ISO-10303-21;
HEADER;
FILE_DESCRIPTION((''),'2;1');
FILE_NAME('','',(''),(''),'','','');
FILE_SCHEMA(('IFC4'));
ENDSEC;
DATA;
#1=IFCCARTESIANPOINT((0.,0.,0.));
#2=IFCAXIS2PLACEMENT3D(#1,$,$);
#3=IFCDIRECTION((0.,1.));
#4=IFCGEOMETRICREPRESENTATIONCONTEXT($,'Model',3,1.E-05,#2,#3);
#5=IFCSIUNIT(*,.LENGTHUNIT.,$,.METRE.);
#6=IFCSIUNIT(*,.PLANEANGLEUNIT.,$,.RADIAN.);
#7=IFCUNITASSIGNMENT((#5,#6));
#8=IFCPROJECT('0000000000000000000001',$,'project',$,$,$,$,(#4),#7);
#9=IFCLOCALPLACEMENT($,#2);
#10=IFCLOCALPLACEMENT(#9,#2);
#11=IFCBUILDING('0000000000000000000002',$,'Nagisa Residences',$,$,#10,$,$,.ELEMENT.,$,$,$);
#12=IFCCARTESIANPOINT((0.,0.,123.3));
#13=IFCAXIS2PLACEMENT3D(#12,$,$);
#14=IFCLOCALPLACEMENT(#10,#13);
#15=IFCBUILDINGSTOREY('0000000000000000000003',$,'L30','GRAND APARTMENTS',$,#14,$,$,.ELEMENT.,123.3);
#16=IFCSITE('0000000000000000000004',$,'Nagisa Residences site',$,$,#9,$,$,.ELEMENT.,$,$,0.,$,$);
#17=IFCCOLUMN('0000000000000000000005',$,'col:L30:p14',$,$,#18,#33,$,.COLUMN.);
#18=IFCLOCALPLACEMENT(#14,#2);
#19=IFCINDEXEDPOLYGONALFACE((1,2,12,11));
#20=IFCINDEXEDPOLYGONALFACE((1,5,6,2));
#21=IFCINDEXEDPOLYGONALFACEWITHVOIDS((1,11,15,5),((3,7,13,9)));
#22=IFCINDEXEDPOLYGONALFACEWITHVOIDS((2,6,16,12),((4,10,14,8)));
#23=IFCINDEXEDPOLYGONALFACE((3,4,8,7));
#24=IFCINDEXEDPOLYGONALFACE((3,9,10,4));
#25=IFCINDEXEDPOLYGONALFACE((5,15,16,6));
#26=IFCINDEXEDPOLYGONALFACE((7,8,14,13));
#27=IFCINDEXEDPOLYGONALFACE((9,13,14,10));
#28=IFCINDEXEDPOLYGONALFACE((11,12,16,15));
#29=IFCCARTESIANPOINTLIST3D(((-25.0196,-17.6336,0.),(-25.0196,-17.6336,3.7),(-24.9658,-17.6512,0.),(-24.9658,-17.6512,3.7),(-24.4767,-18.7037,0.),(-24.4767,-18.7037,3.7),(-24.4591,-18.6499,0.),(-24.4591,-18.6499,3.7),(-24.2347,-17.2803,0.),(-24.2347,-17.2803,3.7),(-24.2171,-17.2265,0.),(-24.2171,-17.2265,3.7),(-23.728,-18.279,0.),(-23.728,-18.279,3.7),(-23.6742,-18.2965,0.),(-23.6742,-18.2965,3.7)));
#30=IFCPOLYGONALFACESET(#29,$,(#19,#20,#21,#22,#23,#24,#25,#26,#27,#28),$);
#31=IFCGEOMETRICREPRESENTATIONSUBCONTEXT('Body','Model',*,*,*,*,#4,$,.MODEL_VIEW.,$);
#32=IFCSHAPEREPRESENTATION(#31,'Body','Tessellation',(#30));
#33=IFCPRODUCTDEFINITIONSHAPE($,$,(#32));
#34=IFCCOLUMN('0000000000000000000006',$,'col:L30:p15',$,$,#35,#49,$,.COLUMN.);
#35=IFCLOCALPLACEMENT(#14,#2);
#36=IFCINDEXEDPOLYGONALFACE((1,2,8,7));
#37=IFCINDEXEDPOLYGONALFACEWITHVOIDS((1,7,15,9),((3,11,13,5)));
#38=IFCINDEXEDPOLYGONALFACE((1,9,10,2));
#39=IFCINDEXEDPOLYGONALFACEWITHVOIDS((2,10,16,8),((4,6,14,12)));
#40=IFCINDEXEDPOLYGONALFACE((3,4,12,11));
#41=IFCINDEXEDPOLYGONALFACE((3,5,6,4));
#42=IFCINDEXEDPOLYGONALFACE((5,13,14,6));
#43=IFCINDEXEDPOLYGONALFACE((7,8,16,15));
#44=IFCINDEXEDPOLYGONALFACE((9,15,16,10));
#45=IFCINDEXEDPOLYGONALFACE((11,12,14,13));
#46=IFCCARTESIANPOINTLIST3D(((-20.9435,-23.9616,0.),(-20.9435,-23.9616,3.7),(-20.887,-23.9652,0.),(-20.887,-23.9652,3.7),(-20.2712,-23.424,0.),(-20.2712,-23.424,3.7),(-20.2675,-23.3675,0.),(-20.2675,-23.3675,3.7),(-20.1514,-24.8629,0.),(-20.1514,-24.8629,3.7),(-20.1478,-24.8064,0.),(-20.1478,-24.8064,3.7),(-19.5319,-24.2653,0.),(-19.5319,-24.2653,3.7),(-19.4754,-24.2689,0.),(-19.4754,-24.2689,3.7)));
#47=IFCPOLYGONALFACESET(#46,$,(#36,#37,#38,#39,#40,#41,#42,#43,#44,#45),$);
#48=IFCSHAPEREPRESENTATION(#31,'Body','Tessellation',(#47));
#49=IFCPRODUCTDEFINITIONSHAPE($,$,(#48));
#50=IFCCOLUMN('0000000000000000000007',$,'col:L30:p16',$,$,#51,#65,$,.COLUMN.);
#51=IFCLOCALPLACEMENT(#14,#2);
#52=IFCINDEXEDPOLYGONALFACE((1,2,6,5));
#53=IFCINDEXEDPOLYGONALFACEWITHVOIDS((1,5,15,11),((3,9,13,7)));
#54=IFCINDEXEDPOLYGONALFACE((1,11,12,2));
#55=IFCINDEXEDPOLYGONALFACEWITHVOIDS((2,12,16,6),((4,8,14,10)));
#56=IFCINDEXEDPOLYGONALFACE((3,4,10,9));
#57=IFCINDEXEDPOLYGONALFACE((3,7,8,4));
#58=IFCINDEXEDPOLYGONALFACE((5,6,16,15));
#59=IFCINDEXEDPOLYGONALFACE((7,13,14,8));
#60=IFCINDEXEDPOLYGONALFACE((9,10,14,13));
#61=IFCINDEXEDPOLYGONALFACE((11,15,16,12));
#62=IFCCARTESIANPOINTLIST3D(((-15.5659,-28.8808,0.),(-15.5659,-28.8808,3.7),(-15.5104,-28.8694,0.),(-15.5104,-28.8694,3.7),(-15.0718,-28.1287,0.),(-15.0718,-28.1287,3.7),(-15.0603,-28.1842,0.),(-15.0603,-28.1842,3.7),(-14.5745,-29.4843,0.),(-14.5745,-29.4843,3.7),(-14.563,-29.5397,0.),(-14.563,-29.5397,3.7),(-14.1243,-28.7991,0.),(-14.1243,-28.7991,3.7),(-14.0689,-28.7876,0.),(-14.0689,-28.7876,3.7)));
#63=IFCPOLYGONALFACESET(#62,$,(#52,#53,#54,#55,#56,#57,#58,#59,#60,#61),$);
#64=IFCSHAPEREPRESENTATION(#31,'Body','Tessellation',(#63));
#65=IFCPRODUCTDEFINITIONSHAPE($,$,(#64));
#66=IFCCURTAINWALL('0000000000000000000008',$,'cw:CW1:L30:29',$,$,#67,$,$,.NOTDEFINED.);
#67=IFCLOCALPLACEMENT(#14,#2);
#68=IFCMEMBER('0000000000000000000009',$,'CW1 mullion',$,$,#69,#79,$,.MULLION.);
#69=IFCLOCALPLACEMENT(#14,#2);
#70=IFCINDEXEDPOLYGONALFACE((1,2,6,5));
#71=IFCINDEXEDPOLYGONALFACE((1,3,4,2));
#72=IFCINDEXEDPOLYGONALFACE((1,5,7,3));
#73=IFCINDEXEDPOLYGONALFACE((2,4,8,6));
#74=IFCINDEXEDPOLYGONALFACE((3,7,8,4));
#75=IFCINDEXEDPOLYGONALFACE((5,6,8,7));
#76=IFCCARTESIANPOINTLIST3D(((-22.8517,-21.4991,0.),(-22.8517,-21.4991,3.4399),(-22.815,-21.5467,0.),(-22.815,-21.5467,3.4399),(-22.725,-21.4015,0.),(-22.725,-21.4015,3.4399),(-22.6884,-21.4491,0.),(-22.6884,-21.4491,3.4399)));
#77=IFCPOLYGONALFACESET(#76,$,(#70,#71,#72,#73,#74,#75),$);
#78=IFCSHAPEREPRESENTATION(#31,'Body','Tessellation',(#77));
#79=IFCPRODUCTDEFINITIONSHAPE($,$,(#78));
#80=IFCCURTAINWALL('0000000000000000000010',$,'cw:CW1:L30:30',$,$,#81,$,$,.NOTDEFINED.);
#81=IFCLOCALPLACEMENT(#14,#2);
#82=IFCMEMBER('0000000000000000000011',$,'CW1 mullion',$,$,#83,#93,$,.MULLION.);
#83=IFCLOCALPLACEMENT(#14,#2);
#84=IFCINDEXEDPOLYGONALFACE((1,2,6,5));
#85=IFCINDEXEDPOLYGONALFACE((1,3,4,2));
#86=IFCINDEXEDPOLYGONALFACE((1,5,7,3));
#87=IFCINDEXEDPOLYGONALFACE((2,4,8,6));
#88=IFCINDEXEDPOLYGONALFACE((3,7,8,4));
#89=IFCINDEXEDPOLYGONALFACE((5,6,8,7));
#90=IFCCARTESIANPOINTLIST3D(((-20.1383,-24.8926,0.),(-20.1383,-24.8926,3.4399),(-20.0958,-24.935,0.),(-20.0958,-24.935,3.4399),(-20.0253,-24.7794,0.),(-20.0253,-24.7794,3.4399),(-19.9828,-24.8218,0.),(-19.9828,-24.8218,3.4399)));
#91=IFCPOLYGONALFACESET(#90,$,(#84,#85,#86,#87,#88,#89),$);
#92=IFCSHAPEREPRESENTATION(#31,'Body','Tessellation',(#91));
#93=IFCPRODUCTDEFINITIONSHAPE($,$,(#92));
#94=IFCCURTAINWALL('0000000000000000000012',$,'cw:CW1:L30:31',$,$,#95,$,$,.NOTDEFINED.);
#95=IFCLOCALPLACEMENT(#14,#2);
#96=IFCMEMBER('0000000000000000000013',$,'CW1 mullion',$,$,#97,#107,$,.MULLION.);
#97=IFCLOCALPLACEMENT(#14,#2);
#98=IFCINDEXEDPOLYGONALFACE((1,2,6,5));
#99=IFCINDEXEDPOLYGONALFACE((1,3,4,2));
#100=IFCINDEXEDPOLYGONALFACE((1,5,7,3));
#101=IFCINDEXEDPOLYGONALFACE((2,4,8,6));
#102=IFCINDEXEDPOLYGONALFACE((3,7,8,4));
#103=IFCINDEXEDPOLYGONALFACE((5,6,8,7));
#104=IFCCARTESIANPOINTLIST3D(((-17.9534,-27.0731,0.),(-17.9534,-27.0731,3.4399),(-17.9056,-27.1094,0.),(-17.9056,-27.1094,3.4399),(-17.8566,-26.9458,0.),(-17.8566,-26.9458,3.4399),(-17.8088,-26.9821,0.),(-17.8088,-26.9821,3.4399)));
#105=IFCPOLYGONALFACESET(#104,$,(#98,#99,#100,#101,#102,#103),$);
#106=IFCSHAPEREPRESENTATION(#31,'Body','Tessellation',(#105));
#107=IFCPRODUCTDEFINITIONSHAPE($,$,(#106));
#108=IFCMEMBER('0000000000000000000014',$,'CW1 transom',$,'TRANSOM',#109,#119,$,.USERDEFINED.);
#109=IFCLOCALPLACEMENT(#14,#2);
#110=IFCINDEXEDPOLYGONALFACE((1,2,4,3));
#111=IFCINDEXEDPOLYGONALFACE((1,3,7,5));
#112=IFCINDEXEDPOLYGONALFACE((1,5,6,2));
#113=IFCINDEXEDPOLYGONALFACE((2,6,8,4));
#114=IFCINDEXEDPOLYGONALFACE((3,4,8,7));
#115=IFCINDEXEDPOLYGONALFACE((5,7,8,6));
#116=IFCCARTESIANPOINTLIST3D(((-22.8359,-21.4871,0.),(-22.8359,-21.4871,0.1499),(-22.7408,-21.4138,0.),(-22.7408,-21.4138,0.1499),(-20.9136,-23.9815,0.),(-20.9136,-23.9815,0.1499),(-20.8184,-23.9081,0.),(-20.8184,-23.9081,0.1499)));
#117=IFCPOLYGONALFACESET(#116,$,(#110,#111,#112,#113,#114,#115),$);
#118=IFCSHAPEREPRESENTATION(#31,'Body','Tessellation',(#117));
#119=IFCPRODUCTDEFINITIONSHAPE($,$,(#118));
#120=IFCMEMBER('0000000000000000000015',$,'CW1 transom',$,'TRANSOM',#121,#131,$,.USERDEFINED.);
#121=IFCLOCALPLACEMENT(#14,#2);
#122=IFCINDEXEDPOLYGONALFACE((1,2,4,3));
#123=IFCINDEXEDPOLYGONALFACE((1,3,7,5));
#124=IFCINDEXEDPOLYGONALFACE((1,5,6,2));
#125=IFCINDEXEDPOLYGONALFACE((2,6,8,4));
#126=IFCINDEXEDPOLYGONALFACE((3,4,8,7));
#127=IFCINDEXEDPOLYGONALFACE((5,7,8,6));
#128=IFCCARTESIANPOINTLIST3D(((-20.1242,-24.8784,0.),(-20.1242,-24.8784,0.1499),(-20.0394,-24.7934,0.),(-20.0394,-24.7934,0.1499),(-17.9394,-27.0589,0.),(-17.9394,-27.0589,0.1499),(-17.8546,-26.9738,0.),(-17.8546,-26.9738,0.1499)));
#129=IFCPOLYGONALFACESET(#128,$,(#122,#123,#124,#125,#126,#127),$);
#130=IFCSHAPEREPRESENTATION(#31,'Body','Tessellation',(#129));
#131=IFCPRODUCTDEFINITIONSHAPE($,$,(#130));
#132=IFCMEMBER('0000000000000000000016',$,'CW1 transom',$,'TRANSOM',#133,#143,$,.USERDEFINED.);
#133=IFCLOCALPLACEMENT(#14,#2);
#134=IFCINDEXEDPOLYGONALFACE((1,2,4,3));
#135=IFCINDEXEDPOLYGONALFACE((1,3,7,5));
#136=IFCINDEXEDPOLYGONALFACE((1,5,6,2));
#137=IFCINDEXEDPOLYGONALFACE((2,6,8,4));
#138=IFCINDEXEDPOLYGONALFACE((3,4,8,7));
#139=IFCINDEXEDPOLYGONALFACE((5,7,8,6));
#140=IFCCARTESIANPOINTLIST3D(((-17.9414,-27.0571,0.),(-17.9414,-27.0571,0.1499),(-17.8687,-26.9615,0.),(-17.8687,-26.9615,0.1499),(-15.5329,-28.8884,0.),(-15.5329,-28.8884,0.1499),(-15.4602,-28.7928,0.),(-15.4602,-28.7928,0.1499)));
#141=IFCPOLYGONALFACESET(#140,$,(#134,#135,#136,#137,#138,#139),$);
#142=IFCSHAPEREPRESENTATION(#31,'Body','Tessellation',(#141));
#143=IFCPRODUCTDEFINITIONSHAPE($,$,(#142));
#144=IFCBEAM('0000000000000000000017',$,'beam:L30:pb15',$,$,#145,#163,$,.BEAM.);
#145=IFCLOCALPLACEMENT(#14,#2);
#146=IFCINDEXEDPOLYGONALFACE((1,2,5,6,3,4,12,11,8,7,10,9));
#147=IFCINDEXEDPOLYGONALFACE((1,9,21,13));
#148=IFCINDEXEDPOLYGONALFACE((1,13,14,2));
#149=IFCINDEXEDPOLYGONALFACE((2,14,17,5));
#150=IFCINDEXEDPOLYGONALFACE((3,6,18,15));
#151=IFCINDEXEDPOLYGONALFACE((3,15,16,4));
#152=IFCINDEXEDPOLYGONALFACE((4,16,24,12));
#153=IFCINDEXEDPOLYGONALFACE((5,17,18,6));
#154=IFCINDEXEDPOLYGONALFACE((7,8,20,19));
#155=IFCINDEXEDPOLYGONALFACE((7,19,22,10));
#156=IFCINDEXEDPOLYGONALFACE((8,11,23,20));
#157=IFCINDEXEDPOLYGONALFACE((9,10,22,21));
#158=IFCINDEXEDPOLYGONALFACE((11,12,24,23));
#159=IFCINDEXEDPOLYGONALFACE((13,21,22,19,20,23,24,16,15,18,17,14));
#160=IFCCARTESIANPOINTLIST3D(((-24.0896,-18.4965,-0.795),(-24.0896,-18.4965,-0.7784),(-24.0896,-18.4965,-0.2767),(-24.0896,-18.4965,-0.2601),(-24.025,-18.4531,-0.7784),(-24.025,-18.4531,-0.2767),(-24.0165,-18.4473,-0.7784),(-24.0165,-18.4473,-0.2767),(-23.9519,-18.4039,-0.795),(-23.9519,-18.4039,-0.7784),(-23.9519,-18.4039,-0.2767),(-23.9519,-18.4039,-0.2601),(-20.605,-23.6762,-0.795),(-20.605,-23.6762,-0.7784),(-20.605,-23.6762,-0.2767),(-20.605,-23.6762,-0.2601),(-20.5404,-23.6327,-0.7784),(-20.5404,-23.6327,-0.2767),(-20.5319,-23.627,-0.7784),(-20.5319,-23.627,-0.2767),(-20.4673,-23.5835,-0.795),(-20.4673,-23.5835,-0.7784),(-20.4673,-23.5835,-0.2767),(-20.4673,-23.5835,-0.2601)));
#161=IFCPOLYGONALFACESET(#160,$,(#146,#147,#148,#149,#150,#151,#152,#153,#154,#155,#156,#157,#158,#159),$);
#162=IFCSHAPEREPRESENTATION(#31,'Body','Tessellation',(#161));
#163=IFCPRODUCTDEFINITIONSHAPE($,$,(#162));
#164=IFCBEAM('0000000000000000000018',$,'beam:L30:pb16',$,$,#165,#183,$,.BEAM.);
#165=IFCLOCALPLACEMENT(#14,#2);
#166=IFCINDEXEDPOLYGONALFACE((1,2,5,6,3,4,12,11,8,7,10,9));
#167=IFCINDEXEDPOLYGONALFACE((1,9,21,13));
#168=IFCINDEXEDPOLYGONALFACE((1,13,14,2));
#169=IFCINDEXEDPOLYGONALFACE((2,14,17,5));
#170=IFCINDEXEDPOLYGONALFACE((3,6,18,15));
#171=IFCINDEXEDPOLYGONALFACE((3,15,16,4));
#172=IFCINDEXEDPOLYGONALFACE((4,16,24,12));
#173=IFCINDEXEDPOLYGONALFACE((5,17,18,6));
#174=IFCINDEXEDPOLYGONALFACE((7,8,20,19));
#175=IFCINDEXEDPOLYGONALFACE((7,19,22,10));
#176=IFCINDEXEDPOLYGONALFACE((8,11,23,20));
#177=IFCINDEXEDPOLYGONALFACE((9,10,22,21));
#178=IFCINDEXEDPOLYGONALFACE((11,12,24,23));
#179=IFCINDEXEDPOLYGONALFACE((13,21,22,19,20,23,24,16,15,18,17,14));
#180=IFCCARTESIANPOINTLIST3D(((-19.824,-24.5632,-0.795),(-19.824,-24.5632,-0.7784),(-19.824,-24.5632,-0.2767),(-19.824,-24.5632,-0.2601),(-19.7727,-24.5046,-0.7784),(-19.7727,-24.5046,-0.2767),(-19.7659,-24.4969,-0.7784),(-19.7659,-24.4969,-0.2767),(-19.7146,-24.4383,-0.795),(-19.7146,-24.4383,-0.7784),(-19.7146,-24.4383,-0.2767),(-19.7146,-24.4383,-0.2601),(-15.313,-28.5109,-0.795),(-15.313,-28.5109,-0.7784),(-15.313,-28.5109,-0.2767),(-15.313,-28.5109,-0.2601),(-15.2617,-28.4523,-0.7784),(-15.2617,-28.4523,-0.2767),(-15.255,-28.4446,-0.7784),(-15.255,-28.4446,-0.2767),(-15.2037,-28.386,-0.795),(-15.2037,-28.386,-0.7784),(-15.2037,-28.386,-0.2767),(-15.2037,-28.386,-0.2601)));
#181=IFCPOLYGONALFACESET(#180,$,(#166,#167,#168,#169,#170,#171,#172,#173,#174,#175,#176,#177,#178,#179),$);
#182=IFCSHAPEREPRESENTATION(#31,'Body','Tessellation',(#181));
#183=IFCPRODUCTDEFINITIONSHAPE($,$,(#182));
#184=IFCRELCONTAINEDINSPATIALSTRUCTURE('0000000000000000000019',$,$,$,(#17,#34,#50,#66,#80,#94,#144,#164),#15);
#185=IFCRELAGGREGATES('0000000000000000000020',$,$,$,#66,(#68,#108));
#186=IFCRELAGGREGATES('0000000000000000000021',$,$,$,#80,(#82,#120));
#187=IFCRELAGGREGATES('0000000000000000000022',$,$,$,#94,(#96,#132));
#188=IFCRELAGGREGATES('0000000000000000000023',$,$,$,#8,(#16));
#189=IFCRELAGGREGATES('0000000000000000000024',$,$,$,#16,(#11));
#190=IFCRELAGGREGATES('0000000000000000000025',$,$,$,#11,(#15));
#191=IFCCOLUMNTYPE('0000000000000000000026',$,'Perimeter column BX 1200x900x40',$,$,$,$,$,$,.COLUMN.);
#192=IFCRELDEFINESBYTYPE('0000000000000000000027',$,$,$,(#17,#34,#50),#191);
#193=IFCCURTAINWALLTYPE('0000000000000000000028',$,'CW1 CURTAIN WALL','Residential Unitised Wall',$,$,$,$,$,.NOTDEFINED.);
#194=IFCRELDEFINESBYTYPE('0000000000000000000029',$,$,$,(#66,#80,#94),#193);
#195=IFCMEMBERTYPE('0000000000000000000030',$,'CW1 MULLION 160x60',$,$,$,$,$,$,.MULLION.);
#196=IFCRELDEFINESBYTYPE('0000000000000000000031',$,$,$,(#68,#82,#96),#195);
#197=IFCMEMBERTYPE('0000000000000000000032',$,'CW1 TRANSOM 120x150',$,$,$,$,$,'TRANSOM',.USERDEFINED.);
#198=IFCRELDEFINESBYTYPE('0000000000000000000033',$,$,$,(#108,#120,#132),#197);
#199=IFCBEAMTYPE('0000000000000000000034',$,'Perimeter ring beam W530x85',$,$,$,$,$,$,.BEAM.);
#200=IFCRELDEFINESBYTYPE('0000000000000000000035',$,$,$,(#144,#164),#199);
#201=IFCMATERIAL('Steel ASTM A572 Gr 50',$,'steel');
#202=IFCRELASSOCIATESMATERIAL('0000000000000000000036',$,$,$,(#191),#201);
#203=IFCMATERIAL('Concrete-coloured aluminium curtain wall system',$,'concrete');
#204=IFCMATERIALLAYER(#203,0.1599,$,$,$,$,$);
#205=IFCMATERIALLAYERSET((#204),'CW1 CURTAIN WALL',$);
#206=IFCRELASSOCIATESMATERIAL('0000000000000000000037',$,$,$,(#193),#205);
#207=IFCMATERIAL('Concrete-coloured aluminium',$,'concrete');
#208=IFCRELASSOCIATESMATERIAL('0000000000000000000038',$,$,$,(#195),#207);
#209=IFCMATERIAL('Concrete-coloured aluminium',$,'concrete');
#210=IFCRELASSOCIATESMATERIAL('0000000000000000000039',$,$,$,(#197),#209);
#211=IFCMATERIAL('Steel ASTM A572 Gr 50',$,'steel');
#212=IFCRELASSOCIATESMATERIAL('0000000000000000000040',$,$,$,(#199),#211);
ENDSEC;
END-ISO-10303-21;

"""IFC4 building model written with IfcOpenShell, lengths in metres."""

from ifc_helpers import new_model, si_unit, direction, frame, origin, origin_2d, place, context, subcontext, project, spatial, rectangle, hollow_rectangle, i_section, extrude, material, layer, layer_set, material_profile, profile_set, type_object, element, aggregate, save


model = new_model("IFC4")

# Units and contexts
model_context = context("Model", 3, precision=1e-05, world=origin(), true_north=direction((0.0, 1.0)))
body_context = subcontext(model_context, "Body", "Model", "MODEL_VIEW")
ifc_project = project(units=[si_unit("LENGTHUNIT", "METRE"), si_unit("PLANEANGLEUNIT", "RADIAN")], contexts=[model_context])

# Site, building, storey
site_placement = place(None, origin())
site = spatial("IfcSite", under=ifc_project, at=site_placement, Name="Nagisa Residences site", CompositionType="ELEMENT", RefElevation=0.0)
building_placement = place(site_placement, origin())
building = spatial("IfcBuilding", under=site, at=building_placement, Name="Nagisa Residences", CompositionType="ELEMENT")
storey_placement = place(building_placement, frame((0.0, 0.0, 123.3)))
storey = spatial("IfcBuildingStorey", under=building, at=storey_placement, Name="L30", Description="GRAND APARTMENTS", CompositionType="ELEMENT", Elevation=123.3)

# Columns
ifc_material_1 = material(Name="Steel ASTM A572 Gr 50", Category="steel")
ifc_material_profile_1 = material_profile(ifc_material_1, hollow_rectangle(XDim=1.2, YDim=0.8999, WallThickness=0.04, at=origin_2d()), Name="BX 1200x900x40")
ifc_profile_set_1 = profile_set([ifc_material_profile_1], Name="Steel ASTM A572 Gr 50")
column_type = type_object("IfcColumnType", Name="Perimeter column BX 1200x900x40", PredefinedType="COLUMN", material=ifc_profile_set_1)
for number, where, z_axis, x_axis, name in (
    (1, (-24.3469, -17.9651, 0.0), (0.0, 0.0, 1.0), (0.452463, -0.891783, 0.0), "col:L30:p14"),
    (2, (-20.2095, -24.1152, 0.0), (0.0, 0.0, 1.0), (0.660115, -0.751165, 0.0), "col:L30:p15"),
    (3, (-14.8174, -28.8342, 0.0), (0.0, 0.0, 1.0), (0.835766, -0.549086, 0.0), "col:L30:p16"),
):
    element("IfcColumn", number, at=place(storey_placement, frame(where, z_axis=z_axis, x_axis=x_axis)), inside=storey, type_object=column_type, Name=name, PredefinedType="COLUMN", context=body_context, shape_type="SweptSolid", body=[
        extrude(hollow_rectangle(XDim=1.2, YDim=0.8999, WallThickness=0.04, at=origin_2d()), origin(), (0.0, 0.0, 1.0), 3.7),
    ])

# Curtain walls, members
ifc_material_2 = material(Name="Concrete-coloured aluminium curtain wall system", Category="concrete")
ifc_layer_1 = layer(ifc_material_2, 0.1599)
ifc_layer_set_1 = layer_set([ifc_layer_1], Name="CW1 CURTAIN WALL")
curtain_wall_type = type_object("IfcCurtainWallType", Name="CW1 CURTAIN WALL", Description="Residential Unitised Wall", PredefinedType="NOTDEFINED", material=ifc_layer_set_1)
curtain_wall_1_placement = place(storey_placement, origin())
curtain_wall_1 = element("IfcCurtainWall", 4, at=curtain_wall_1_placement, inside=storey, type_object=curtain_wall_type, Name="cw:CW1:L30:29", PredefinedType="NOTDEFINED")
ifc_material_3 = material(Name="Concrete-coloured aluminium", Category="concrete")
ifc_material_profile_2 = material_profile(ifc_material_3, rectangle(XDim=0.1599, YDim=0.0601, at=origin_2d()), Name="CW1 MULLION 160x60")
ifc_profile_set_2 = profile_set([ifc_material_profile_2], Name="Concrete-coloured aluminium")
member_type_1 = type_object("IfcMemberType", Name="CW1 MULLION 160x60", PredefinedType="MULLION", material=ifc_profile_set_2)
member_1_placement = place(storey_placement, frame((-22.77, -21.4741, 0.0), z_axis=(0.0, 0.0, 1.0), x_axis=(0.79207, 0.61043, 0.0)))
member_1 = element("IfcMember", 5, at=member_1_placement, type_object=member_type_1, Name="CW1 mullion", PredefinedType="MULLION", context=body_context, shape_type="SweptSolid", body=[
    extrude(rectangle(XDim=0.1599, YDim=0.0601, at=origin_2d()), origin(), (0.0, 0.0, 1.0), 3.4399),
])
curtain_wall_2_placement = place(storey_placement, origin())
curtain_wall_2 = element("IfcCurtainWall", 6, at=curtain_wall_2_placement, inside=storey, type_object=curtain_wall_type, Name="cw:CW1:L30:30", PredefinedType="NOTDEFINED")
member_2_placement = place(storey_placement, frame((-20.0605, -24.8572, 0.0), z_axis=(0.0, 0.0, 1.0), x_axis=(0.706377, 0.707836, 0.0)))
member_2 = element("IfcMember", 7, at=member_2_placement, type_object=member_type_1, Name="CW1 mullion", PredefinedType="MULLION", context=body_context, shape_type="SweptSolid", body=[
    extrude(rectangle(XDim=0.1599, YDim=0.0601, at=origin_2d()), origin(), (0.0, 0.0, 1.0), 3.4399),
])
curtain_wall_3_placement = place(storey_placement, origin())
curtain_wall_3 = element("IfcCurtainWall", 8, at=curtain_wall_3_placement, inside=storey, type_object=curtain_wall_type, Name="cw:CW1:L30:31", PredefinedType="NOTDEFINED")
member_3_placement = place(storey_placement, frame((-17.8811, -27.0276, 0.0), z_axis=(0.0, 0.0, 1.0), x_axis=(0.605255, 0.796031, 0.0)))
member_3 = element("IfcMember", 9, at=member_3_placement, type_object=member_type_1, Name="CW1 mullion", PredefinedType="MULLION", context=body_context, shape_type="SweptSolid", body=[
    extrude(rectangle(XDim=0.1599, YDim=0.0601, at=origin_2d()), origin(), (0.0, 0.0, 1.0), 3.4399),
])

# Members
ifc_material_4 = material(Name="Concrete-coloured aluminium", Category="concrete")
ifc_material_profile_3 = material_profile(ifc_material_4, rectangle(XDim=0.1201, YDim=0.1499, at=origin_2d()), Name="CW1 TRANSOM 120x150")
ifc_profile_set_3 = profile_set([ifc_material_profile_3], Name="Concrete-coloured aluminium")
member_type_2 = type_object("IfcMemberType", Name="CW1 TRANSOM 120x150", ElementType="TRANSOM", PredefinedType="USERDEFINED", material=ifc_profile_set_3)
member_4_placement = place(storey_placement, frame((-22.7883, -21.4504, 0.075), z_axis=(0.61043, -0.79207, 0.0), x_axis=(0.79207, 0.61043, 0.0)))
member_4 = element("IfcMember", 10, at=member_4_placement, type_object=member_type_2, Name="CW1 transom", ObjectType="TRANSOM", PredefinedType="USERDEFINED", context=body_context, shape_type="SweptSolid", body=[
    extrude(rectangle(XDim=0.1201, YDim=0.1499, at=origin_2d()), origin(), (0.0, 0.0, 1.0), 3.1492),
])
member_5_placement = place(storey_placement, frame((-20.0818, -24.8359, 0.075), z_axis=(0.707818, -0.706395, 0.0), x_axis=(0.706395, 0.707818, 0.0)))
member_5 = element("IfcMember", 11, at=member_5_placement, type_object=member_type_2, Name="CW1 transom", ObjectType="TRANSOM", PredefinedType="USERDEFINED", context=body_context, shape_type="SweptSolid", body=[
    extrude(rectangle(XDim=0.1201, YDim=0.1499, at=origin_2d()), origin(), (0.0, 0.0, 1.0), 3.0867),
])
member_6_placement = place(storey_placement, frame((-17.905, -27.0093, 0.075), z_axis=(0.796022, -0.605267, 0.0), x_axis=(0.605267, 0.796022, 0.0)))
member_6 = element("IfcMember", 12, at=member_6_placement, type_object=member_type_2, Name="CW1 transom", ObjectType="TRANSOM", PredefinedType="USERDEFINED", context=body_context, shape_type="SweptSolid", body=[
    extrude(rectangle(XDim=0.1201, YDim=0.1499, at=origin_2d()), origin(), (0.0, 0.0, 1.0), 3.0256),
])

# Beams
ifc_material_5 = material(Name="Steel ASTM A572 Gr 50", Category="steel")
ifc_material_profile_4 = material_profile(ifc_material_5, i_section(OverallWidth=0.166, OverallDepth=0.5349, WebThickness=0.0103, FlangeThickness=0.0166, at=origin_2d()), Name="W530x85")
ifc_profile_set_4 = profile_set([ifc_material_profile_4], Name="Steel ASTM A572 Gr 50")
beam_type_1 = type_object("IfcBeamType", Name="Perimeter ring beam W530x85", PredefinedType="BEAM", material=ifc_profile_set_4)
beam_1_placement = place(storey_placement, frame((-24.0208, -18.4502, -0.5276), z_axis=(0.558188, -0.829715, 0.0), x_axis=(0.829715, 0.558188, 0.0)))
element("IfcBeam", 13, at=beam_1_placement, inside=storey, type_object=beam_type_1, Name="beam:L30:pb15", PredefinedType="BEAM", context=body_context, shape_type="SweptSolid", body=[
    extrude(i_section(OverallWidth=0.166, OverallDepth=0.5349, WebThickness=0.0103, FlangeThickness=0.0166, at=origin_2d()), origin(), (0.0, 0.0, 1.0), 6.2427),
])
beam_2_placement = place(storey_placement, frame((-19.7693, -24.5007, -0.5276), z_axis=(0.752524, -0.658565, 0.0), x_axis=(0.658565, 0.752524, 0.0)))
element("IfcBeam", 14, at=beam_2_placement, inside=storey, type_object=beam_type_1, Name="beam:L30:pb16", PredefinedType="BEAM", context=body_context, shape_type="SweptSolid", body=[
    extrude(i_section(OverallWidth=0.166, OverallDepth=0.5349, WebThickness=0.0103, FlangeThickness=0.0166, at=origin_2d()), origin(), (0.0, 0.0, 1.0), 5.9944),
])

aggregate(curtain_wall_1, [member_1, member_4])
aggregate(curtain_wall_2, [member_2, member_5])
aggregate(curtain_wall_3, [member_3, member_6])

save(model, "model.ifc")
